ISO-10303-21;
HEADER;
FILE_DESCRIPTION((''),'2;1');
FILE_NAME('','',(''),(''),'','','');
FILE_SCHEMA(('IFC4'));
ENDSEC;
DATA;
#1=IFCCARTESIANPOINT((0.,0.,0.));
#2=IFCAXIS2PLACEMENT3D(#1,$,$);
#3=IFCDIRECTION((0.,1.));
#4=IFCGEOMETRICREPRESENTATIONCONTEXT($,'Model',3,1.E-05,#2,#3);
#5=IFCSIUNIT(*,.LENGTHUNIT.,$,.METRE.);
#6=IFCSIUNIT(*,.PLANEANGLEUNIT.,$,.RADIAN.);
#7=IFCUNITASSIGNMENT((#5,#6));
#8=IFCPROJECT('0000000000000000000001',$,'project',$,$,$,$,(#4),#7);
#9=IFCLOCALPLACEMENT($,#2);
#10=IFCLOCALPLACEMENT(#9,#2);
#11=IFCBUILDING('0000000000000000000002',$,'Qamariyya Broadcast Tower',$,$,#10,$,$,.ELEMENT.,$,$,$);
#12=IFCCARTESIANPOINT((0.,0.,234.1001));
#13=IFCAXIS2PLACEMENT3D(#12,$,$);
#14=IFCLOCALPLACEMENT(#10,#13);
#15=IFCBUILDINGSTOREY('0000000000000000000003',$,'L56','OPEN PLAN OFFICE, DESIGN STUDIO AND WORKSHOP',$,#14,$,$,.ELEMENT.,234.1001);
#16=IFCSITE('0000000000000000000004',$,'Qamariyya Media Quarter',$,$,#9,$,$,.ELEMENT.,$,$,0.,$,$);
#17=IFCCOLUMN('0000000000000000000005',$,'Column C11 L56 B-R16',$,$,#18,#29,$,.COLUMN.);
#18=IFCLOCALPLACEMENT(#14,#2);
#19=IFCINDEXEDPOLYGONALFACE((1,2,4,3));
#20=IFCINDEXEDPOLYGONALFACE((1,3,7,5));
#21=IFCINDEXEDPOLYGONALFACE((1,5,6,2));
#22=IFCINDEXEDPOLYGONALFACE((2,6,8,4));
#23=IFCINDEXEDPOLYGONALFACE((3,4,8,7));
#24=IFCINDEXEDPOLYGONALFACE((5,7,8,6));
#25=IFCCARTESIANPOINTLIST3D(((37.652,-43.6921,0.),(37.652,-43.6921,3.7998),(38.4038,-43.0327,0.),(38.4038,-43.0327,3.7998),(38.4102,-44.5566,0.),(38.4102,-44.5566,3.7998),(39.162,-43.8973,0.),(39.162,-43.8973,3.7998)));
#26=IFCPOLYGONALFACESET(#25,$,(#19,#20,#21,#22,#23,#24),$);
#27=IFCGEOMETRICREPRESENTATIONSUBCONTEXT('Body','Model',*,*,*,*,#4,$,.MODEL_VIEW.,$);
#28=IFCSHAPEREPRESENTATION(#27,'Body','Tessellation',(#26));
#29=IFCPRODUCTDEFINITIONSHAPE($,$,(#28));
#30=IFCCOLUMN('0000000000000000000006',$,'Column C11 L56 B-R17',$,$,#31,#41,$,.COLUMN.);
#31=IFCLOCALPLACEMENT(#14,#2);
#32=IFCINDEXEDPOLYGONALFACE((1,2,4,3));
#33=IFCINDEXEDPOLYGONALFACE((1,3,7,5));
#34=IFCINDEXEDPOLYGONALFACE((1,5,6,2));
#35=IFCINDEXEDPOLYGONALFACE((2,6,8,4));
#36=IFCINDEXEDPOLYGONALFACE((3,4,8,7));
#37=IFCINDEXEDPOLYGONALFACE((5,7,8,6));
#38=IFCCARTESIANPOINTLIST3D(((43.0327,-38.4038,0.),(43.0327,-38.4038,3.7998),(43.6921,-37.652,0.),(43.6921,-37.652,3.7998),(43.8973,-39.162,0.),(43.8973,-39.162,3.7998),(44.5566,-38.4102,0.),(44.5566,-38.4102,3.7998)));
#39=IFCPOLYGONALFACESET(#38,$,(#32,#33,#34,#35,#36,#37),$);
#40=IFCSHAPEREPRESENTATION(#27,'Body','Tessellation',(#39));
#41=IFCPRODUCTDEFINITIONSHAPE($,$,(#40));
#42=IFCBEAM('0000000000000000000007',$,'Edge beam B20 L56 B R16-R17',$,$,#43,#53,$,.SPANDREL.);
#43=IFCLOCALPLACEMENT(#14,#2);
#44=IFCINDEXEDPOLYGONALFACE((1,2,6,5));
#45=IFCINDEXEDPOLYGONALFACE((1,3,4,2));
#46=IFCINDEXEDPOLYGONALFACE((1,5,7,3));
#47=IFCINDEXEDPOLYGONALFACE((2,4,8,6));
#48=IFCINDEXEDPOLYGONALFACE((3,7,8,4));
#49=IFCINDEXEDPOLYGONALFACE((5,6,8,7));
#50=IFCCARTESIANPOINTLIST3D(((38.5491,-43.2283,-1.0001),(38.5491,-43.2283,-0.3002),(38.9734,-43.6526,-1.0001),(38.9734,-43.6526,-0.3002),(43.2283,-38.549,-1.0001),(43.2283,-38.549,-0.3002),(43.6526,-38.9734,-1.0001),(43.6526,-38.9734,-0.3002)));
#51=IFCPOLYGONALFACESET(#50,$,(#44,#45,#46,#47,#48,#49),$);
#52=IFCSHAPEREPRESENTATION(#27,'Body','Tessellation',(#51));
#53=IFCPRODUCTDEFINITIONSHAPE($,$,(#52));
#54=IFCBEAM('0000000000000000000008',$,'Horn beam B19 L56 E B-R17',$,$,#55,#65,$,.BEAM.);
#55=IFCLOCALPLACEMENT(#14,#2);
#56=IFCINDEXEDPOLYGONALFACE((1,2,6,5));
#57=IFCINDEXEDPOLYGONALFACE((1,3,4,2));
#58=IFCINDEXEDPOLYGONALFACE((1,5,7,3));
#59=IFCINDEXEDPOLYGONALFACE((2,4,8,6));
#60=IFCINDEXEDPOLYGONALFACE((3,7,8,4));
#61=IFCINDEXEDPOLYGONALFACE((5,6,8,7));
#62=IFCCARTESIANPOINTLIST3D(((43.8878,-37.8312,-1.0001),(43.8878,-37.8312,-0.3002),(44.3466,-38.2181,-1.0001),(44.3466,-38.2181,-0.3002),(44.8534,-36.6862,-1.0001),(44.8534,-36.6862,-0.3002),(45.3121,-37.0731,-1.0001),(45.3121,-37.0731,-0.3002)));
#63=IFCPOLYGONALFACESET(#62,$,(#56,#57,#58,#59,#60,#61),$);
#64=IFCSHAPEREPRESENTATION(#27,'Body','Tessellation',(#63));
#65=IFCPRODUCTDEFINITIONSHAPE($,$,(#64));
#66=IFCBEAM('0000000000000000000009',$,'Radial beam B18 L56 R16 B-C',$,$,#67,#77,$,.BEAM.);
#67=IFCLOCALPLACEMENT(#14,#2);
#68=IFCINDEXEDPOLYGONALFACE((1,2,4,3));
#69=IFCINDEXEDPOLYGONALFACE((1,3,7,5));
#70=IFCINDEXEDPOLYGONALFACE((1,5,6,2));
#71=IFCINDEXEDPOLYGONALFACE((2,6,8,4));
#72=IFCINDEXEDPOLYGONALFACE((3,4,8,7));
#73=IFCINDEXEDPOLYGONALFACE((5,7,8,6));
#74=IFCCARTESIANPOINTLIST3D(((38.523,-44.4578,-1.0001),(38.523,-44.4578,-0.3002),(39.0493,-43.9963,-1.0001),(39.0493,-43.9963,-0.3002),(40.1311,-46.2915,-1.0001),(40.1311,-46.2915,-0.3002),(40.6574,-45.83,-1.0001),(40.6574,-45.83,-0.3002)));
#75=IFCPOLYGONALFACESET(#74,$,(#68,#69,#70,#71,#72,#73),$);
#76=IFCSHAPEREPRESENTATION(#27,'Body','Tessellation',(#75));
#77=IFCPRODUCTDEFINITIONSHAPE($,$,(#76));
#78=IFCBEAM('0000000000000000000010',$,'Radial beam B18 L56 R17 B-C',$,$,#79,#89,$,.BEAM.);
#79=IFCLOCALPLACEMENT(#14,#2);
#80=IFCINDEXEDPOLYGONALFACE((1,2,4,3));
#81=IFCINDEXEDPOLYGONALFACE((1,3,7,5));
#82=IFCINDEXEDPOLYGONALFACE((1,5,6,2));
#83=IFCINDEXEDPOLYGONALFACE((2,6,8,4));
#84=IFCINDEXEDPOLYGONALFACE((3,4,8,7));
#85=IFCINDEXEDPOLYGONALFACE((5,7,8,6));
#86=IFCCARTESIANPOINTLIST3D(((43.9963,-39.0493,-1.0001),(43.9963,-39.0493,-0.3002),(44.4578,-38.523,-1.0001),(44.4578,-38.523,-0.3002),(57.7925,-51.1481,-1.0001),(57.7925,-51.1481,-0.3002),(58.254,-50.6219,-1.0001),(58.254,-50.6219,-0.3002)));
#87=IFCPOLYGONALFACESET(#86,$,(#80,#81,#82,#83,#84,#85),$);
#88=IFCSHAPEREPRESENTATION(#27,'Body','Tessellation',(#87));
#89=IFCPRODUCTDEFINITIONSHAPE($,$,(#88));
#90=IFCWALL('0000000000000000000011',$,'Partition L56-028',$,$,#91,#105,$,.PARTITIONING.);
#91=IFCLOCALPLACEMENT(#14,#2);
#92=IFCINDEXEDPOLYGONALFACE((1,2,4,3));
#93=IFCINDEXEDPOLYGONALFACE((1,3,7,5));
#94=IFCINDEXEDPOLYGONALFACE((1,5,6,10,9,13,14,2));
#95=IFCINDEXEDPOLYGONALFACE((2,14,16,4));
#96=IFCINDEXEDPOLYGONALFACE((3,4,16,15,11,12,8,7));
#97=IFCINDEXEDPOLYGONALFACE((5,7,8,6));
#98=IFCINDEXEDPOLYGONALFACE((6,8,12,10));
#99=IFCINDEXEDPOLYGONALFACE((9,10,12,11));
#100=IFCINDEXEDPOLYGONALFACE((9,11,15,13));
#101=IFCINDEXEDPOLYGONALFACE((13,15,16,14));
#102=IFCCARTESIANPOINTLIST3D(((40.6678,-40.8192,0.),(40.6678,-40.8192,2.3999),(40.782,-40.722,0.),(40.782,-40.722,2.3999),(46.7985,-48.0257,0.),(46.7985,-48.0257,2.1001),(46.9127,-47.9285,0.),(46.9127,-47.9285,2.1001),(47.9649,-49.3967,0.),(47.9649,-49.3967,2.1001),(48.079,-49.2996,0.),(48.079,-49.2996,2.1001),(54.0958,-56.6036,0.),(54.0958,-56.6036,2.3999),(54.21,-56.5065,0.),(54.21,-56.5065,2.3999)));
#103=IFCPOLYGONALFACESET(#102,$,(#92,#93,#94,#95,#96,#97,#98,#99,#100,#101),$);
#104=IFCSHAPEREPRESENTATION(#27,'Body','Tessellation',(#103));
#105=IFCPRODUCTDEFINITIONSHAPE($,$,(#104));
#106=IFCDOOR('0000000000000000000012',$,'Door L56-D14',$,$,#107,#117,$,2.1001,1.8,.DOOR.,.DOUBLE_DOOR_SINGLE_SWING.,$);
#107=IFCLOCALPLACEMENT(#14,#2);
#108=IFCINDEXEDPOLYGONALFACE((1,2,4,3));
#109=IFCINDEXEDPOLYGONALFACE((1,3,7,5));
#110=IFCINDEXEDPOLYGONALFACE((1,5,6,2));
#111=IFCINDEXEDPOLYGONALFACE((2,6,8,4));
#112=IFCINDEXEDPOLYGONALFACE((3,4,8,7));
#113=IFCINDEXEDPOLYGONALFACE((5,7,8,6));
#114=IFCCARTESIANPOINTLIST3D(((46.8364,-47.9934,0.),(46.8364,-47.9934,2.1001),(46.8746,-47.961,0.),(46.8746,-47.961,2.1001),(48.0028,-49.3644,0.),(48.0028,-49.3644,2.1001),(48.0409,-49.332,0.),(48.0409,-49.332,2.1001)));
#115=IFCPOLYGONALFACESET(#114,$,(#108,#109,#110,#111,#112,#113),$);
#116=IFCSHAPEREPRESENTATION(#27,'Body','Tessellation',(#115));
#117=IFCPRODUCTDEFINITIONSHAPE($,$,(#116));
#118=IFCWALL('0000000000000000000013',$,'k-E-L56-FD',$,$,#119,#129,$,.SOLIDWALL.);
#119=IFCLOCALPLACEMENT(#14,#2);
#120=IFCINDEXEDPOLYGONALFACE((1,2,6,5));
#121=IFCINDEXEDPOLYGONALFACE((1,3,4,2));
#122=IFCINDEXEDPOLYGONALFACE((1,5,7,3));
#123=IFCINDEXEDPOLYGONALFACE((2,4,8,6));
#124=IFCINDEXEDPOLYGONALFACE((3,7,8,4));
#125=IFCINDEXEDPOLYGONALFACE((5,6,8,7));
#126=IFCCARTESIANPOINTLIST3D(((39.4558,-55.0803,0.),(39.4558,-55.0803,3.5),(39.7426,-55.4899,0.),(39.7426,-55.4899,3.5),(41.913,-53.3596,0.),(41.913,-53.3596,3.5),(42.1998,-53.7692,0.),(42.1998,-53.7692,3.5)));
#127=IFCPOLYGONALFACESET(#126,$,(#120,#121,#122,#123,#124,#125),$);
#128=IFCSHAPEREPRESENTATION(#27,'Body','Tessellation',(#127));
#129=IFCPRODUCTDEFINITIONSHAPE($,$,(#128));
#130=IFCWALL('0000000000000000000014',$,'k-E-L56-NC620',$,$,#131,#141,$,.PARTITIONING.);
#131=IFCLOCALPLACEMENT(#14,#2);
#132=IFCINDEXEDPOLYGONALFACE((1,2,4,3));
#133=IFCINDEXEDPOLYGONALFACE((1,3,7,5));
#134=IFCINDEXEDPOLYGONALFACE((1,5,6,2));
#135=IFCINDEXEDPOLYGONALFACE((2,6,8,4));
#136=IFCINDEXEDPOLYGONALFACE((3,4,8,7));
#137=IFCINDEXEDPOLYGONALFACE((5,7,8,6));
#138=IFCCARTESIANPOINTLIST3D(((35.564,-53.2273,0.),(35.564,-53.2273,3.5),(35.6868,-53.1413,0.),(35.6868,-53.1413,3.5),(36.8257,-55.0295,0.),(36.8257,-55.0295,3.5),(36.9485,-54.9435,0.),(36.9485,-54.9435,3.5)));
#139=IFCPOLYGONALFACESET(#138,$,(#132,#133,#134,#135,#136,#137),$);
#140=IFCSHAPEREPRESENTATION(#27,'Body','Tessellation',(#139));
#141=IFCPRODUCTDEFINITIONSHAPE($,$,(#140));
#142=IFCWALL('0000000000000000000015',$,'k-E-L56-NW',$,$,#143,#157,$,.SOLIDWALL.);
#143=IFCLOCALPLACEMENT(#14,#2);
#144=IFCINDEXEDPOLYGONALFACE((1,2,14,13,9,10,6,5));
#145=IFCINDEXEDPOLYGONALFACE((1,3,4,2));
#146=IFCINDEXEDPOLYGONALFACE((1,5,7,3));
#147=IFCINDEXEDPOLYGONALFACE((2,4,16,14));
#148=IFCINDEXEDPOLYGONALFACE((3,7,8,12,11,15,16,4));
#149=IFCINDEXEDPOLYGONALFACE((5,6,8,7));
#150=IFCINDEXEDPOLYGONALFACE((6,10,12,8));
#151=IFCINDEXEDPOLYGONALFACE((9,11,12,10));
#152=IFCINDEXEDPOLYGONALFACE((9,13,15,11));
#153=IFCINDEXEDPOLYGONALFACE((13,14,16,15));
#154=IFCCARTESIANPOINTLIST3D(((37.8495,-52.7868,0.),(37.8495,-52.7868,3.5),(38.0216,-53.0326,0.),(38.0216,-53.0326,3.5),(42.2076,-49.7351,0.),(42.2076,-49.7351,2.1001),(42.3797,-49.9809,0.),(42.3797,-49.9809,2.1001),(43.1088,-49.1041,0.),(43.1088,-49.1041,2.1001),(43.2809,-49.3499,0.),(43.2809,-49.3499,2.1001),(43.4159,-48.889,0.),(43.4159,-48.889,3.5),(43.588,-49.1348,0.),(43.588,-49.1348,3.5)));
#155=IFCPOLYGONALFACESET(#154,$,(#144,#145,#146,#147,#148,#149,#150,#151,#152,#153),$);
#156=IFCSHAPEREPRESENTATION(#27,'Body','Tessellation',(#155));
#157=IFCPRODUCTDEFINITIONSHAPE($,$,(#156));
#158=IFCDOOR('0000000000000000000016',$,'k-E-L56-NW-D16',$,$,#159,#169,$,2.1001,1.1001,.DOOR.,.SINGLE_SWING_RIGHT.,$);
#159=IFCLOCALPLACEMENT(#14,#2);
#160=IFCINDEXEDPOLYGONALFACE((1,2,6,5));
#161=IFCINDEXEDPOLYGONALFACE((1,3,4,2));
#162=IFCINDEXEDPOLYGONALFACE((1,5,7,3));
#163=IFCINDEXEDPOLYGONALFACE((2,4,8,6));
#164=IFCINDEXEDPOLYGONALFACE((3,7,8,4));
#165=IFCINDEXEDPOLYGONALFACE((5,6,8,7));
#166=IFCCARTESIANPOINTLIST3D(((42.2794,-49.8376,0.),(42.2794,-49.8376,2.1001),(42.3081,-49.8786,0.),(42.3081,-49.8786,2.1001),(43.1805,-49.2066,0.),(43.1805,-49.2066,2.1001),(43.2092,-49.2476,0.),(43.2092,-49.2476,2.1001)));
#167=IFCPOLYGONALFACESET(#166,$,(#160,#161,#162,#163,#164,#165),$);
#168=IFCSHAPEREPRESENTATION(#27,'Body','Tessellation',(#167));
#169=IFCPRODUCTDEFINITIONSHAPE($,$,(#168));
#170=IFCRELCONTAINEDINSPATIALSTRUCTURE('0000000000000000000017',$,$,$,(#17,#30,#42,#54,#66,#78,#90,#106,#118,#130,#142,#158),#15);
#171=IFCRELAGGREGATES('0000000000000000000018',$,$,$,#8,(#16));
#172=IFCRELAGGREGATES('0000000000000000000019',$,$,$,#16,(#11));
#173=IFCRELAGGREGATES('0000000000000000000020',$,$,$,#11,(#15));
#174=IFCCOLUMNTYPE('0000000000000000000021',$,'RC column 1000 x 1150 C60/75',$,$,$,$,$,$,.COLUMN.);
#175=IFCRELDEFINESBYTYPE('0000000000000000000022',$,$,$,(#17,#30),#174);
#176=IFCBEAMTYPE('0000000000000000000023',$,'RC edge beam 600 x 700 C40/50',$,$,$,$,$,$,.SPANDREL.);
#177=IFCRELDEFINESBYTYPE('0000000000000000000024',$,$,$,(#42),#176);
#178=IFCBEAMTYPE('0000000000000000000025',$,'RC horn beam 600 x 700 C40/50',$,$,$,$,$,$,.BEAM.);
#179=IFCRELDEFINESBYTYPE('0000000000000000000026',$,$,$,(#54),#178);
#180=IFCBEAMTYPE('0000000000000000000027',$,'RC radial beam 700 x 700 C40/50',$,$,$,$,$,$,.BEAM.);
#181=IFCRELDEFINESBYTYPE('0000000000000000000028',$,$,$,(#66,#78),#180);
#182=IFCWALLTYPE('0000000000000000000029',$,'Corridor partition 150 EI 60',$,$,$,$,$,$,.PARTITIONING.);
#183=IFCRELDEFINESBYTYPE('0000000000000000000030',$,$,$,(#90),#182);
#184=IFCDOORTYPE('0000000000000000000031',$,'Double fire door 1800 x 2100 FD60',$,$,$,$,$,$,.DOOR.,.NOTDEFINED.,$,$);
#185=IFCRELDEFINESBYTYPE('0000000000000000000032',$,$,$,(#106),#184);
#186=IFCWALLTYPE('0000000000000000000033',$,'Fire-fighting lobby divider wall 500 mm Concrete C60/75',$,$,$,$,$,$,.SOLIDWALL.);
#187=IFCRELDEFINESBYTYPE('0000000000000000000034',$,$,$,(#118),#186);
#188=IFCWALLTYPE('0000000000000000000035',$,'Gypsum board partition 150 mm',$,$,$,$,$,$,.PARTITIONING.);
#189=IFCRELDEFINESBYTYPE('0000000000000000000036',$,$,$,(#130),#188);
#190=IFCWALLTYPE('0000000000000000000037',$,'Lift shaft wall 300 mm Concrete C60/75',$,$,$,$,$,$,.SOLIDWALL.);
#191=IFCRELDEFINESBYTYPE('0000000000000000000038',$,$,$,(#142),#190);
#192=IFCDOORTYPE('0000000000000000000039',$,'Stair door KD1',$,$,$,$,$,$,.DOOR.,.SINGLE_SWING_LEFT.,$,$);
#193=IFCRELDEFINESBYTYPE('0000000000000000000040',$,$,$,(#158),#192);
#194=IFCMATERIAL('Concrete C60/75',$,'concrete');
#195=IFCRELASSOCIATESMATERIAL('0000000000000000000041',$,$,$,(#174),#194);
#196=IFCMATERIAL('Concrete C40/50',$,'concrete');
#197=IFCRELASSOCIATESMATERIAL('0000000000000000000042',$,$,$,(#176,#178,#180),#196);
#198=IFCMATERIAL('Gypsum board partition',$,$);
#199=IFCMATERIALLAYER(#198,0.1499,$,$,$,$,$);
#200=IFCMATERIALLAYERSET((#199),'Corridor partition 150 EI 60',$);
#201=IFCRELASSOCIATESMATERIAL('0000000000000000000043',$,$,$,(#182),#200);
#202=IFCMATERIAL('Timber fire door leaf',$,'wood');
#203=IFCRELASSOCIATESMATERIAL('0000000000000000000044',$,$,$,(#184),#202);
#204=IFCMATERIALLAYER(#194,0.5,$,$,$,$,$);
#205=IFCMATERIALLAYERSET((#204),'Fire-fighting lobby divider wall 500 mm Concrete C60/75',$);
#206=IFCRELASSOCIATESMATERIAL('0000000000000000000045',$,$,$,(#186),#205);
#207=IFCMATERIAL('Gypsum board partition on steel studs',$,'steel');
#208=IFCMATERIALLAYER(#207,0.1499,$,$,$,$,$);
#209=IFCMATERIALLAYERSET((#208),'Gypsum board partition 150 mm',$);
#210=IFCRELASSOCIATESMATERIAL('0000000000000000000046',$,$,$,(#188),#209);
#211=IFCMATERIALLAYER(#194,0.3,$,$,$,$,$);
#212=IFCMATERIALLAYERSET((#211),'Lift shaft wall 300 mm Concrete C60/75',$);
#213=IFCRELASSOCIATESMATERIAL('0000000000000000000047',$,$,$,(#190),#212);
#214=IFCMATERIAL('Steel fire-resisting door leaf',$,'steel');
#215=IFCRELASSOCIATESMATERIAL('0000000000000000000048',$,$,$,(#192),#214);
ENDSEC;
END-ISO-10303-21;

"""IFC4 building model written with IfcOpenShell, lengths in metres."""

from ifc_helpers import new_model, si_unit, direction, frame, frame_2d, origin, origin_2d, place, context, subcontext, project, spatial, rectangle, extrude, material, layer, layer_set, material_profile, profile_set, type_object, element, fill, save


model = new_model("IFC4")

# Units and contexts
model_context = context("Model", 3, precision=1e-05, world=origin(), true_north=direction((0.0, 1.0)))
body_context = subcontext(model_context, "Body", "Model", "MODEL_VIEW")
ifc_project = project(units=[si_unit("LENGTHUNIT", "METRE"), si_unit("PLANEANGLEUNIT", "RADIAN")], contexts=[model_context])

# Site, building, storey
site_placement = place(None, origin())
site = spatial("IfcSite", under=ifc_project, at=site_placement, Name="Qamariyya Media Quarter", CompositionType="ELEMENT", RefElevation=0.0)
building_placement = place(site_placement, origin())
building = spatial("IfcBuilding", under=site, at=building_placement, Name="Qamariyya Broadcast Tower", CompositionType="ELEMENT")
storey_placement = place(building_placement, frame((0.0, 0.0, 234.1001)))
storey = spatial("IfcBuildingStorey", under=building, at=storey_placement, Name="L56", Description="OPEN PLAN OFFICE, DESIGN STUDIO AND WORKSHOP", CompositionType="ELEMENT", Elevation=234.1001)

# Columns
ifc_material_1 = material(Name="Concrete C60/75", Category="concrete")
ifc_material_profile_1 = material_profile(ifc_material_1, rectangle(XDim=1.0, YDim=1.1499, at=origin_2d()))
ifc_profile_set_1 = profile_set([ifc_material_profile_1], Name="Concrete C60/75")
column_type = type_object("IfcColumnType", Name="RC column 1000 x 1150 C60/75", PredefinedType="COLUMN", material=ifc_profile_set_1)
for number, where, z_axis, x_axis, name in (
    (1, (38.407, -43.7947, 0.0), (0.0, 0.0, 1.0), (0.75184, 0.659346, 0.0), "Column C11 L56 B-R16"),
    (2, (43.7947, -38.407, 0.0), (0.0, 0.0, 1.0), (0.659346, 0.75184, 0.0), "Column C11 L56 B-R17"),
):
    element("IfcColumn", number, at=place(storey_placement, frame(where, z_axis=z_axis, x_axis=x_axis)), inside=storey, type_object=column_type, Name=name, PredefinedType="COLUMN", context=body_context, shape_type="SweptSolid", body=[
        extrude(rectangle(XDim=1.0, YDim=1.1499, at=origin_2d()), origin(), (0.0, 0.0, 1.0), 3.7998),
    ])

# Beams
ifc_material_2 = material(Name="Concrete C40/50", Category="concrete")
ifc_material_profile_2 = material_profile(ifc_material_2, rectangle(XDim=0.6001, YDim=0.7, at=origin_2d()))
ifc_profile_set_2 = profile_set([ifc_material_profile_2], Name="Concrete C40/50")
beam_type_1 = type_object("IfcBeamType", Name="RC edge beam 600 x 700 C40/50", PredefinedType="SPANDREL", material=ifc_profile_set_2)
beam_1_placement = place(storey_placement, frame((38.7612, -43.4404, -0.6501), z_axis=(0.707107, 0.707107, 0.0), x_axis=(-0.707107, 0.707107, 0.0)))
element("IfcBeam", 3, at=beam_1_placement, inside=storey, type_object=beam_type_1, Name="Edge beam B20 L56 B R16-R17", PredefinedType="SPANDREL", context=body_context, shape_type="SweptSolid", body=[
    extrude(rectangle(XDim=0.6001, YDim=0.7, at=origin_2d()), origin(), (0.0, 0.0, 1.0), 6.6174),
])
ifc_material_profile_3 = material_profile(ifc_material_2, rectangle(XDim=0.6001, YDim=0.7, at=origin_2d()))
ifc_profile_set_3 = profile_set([ifc_material_profile_3], Name="Concrete C40/50")
beam_type_2 = type_object("IfcBeamType", Name="RC horn beam 600 x 700 C40/50", PredefinedType="BEAM", material=ifc_profile_set_3)
beam_2_placement = place(storey_placement, frame((44.1172, -38.0247, -0.6501), z_axis=(0.644663, 0.764467, 0.0), x_axis=(-0.764467, 0.644663, 0.0)))
element("IfcBeam", 4, at=beam_2_placement, inside=storey, type_object=beam_type_2, Name="Horn beam B19 L56 E B-R17", PredefinedType="BEAM", context=body_context, shape_type="SweptSolid", body=[
    extrude(rectangle(XDim=0.6001, YDim=0.7, at=origin_2d()), origin(), (0.0, 0.0, 1.0), 1.4978),
])
ifc_material_profile_4 = material_profile(ifc_material_2, rectangle(XDim=0.7, YDim=0.7, at=origin_2d()))
ifc_profile_set_4 = profile_set([ifc_material_profile_4], Name="Concrete C40/50")
beam_type_3 = type_object("IfcBeamType", Name="RC radial beam 700 x 700 C40/50", PredefinedType="BEAM", material=ifc_profile_set_4)
beam_3_placement = place(storey_placement, frame((38.7861, -44.2271, -0.6501), z_axis=(0.659348, -0.751838, 0.0), x_axis=(0.751838, 0.659348, 0.0)))
element("IfcBeam", 5, at=beam_3_placement, inside=storey, type_object=beam_type_3, Name="Radial beam B18 L56 R16 B-C", PredefinedType="BEAM", context=body_context, shape_type="SweptSolid", body=[
    extrude(rectangle(XDim=0.7, YDim=0.7, at=origin_2d()), origin(), (0.0, 0.0, 1.0), 2.439),
])
beam_4_placement = place(storey_placement, frame((44.2271, -38.7861, -0.6501), z_axis=(0.75184, -0.659345, 0.0), x_axis=(0.659345, 0.75184, 0.0)))
element("IfcBeam", 6, at=beam_4_placement, inside=storey, type_object=beam_type_3, Name="Radial beam B18 L56 R17 B-C", PredefinedType="BEAM", context=body_context, shape_type="SweptSolid", body=[
    extrude(rectangle(XDim=0.7, YDim=0.7, at=origin_2d()), origin(), (0.0, 0.0, 1.0), 18.3499),
])

# Wall, opening, door
ifc_material_3 = material(Name="Gypsum board partition")
ifc_layer_1 = layer(ifc_material_3, 0.1499)
ifc_layer_set_1 = layer_set([ifc_layer_1], Name="Corridor partition 150 EI 60")
wall_type_1 = type_object("IfcWallType", Name="Corridor partition 150 EI 60", PredefinedType="PARTITIONING", material=ifc_layer_set_1)
wall_1_placement = place(storey_placement, frame((40.7249, -40.7705, 0.0), z_axis=(0.0, 0.0, 1.0), x_axis=(0.647963, -0.761672, 0.0)))
wall_1 = element("IfcWall", 7, at=wall_1_placement, inside=storey, type_object=wall_type_1, Name="Partition L56-028", PredefinedType="PARTITIONING", context=body_context, shape_type="SweptSolid", body=[
    extrude(rectangle(XDim=20.7234, YDim=0.1499, at=frame_2d((10.3618, 0.0))), origin(), (0.0, 0.0, 1.0), 2.3999),
])
opening_1_placement = place(wall_1_placement, frame((9.4617, 0.0, 0.0)))
opening_1 = element("IfcOpeningElement", 8, at=opening_1_placement, cuts=wall_1, PredefinedType="OPENING", context=body_context, shape_type="SweptSolid", body=[
    extrude(rectangle(XDim=1.8, YDim=2.1001, at=frame_2d((0.8999, 1.05))), frame((0.0, 0.085, 0.0), z_axis=(0.0, -1.0, 0.0), x_axis=(1.0, 0.0, 0.0)), (0.0, 0.0, 1.0), 0.1699),
])
ifc_material_4 = material(Name="Timber fire door leaf", Category="wood")
door_type_1 = type_object("IfcDoorType", Name="Double fire door 1800 x 2100 FD60", OperationType="NOTDEFINED", PredefinedType="DOOR", material=ifc_material_4)
door_1_placement = place(opening_1_placement, origin())
door_1 = element("IfcDoor", 9, at=door_1_placement, inside=storey, type_object=door_type_1, Name="Door L56-D14", OperationType="DOUBLE_DOOR_SINGLE_SWING", OverallHeight=2.1001, OverallWidth=1.8, PredefinedType="DOOR", context=body_context, shape_type="SweptSolid", body=[
    extrude(rectangle(XDim=1.8, YDim=2.1001, at=frame_2d((0.8999, 1.05))), frame((0.0, 0.0249, 0.0), z_axis=(0.0, -1.0, 0.0), x_axis=(1.0, 0.0, 0.0)), (0.0, 0.0, 1.0), 0.05),
])
fill(opening_1, door_1)

# Walls
ifc_layer_2 = layer(ifc_material_1, 0.5)
ifc_layer_set_2 = layer_set([ifc_layer_2], Name="Fire-fighting lobby divider wall 500 mm Concrete C60/75")
wall_type_2 = type_object("IfcWallType", Name="Fire-fighting lobby divider wall 500 mm Concrete C60/75", PredefinedType="SOLIDWALL", material=ifc_layer_set_2)
wall_2_placement = place(storey_placement, frame((39.5991, -55.2852, 0.0), z_axis=(0.0, 0.0, 1.0), x_axis=(0.819136, 0.573599, 0.0)))
element("IfcWall", 10, at=wall_2_placement, inside=storey, type_object=wall_type_2, Name="k-E-L56-FD", PredefinedType="SOLIDWALL", context=body_context, shape_type="SweptSolid", body=[
    extrude(rectangle(XDim=2.9998, YDim=0.5, at=frame_2d((1.5, 0.0))), origin(), (0.0, 0.0, 1.0), 3.5),
])
ifc_material_5 = material(Name="Gypsum board partition on steel studs", Category="steel")
ifc_layer_3 = layer(ifc_material_5, 0.1499)
ifc_layer_set_3 = layer_set([ifc_layer_3], Name="Gypsum board partition 150 mm")
wall_type_3 = type_object("IfcWallType", Name="Gypsum board partition 150 mm", PredefinedType="PARTITIONING", material=ifc_layer_set_3)
wall_3_placement = place(storey_placement, frame((36.8872, -54.9866, 0.0), z_axis=(0.0, 0.0, 1.0), x_axis=(-0.573507, 0.819201, 0.0)))
element("IfcWall", 11, at=wall_3_placement, inside=storey, type_object=wall_type_3, Name="k-E-L56-NC620", PredefinedType="PARTITIONING", context=body_context, shape_type="SweptSolid", body=[
    extrude(rectangle(XDim=2.2, YDim=0.1499, at=frame_2d((1.1001, 0.0))), origin(), (0.0, 0.0, 1.0), 3.5),
])

# Wall, opening, door
ifc_layer_4 = layer(ifc_material_1, 0.3)
ifc_layer_set_4 = layer_set([ifc_layer_4], Name="Lift shaft wall 300 mm Concrete C60/75")
wall_type_4 = type_object("IfcWallType", Name="Lift shaft wall 300 mm Concrete C60/75", PredefinedType="SOLIDWALL", material=ifc_layer_set_4)
wall_4_placement = place(storey_placement, frame((37.9355, -52.9097, 0.0), z_axis=(0.0, 0.0, 1.0), x_axis=(0.819148, 0.573583, 0.0)))
wall_4 = element("IfcWall", 12, at=wall_4_placement, inside=storey, type_object=wall_type_4, Name="k-E-L56-NW", PredefinedType="SOLIDWALL", context=body_context, shape_type="SweptSolid", body=[
    extrude(rectangle(XDim=6.7954, YDim=0.3, at=frame_2d((3.3977, 0.0))), origin(), (0.0, 0.0, 1.0), 3.5),
])
opening_2_placement = place(wall_4_placement, frame((5.3203, 0.0, 0.0)))
opening_2 = element("IfcOpeningElement", 13, at=opening_2_placement, cuts=wall_4, PredefinedType="OPENING", context=body_context, shape_type="SweptSolid", body=[
    extrude(rectangle(XDim=1.1001, YDim=2.1001, at=frame_2d((0.55, 1.05))), frame((0.0, 0.1599, 0.0), z_axis=(0.0, -1.0, 0.0), x_axis=(1.0, 0.0, 0.0)), (0.0, 0.0, 1.0), 0.3201),
])
ifc_material_6 = material(Name="Steel fire-resisting door leaf", Category="steel")
door_type_2 = type_object("IfcDoorType", Name="Stair door KD1", OperationType="SINGLE_SWING_LEFT", PredefinedType="DOOR", material=ifc_material_6)
door_2_placement = place(opening_2_placement, origin())
door_2 = element("IfcDoor", 14, at=door_2_placement, inside=storey, type_object=door_type_2, Name="k-E-L56-NW-D16", OperationType="SINGLE_SWING_RIGHT", OverallHeight=2.1001, OverallWidth=1.1001, PredefinedType="DOOR", context=body_context, shape_type="SweptSolid", body=[
    extrude(rectangle(XDim=1.1001, YDim=2.1001, at=frame_2d((0.55, 1.05))), frame((0.0, 0.0249, 0.0), z_axis=(0.0, -1.0, 0.0), x_axis=(1.0, 0.0, 0.0)), (0.0, 0.0, 1.0), 0.05),
])
fill(opening_2, door_2)

save(model, "model.ifc")
